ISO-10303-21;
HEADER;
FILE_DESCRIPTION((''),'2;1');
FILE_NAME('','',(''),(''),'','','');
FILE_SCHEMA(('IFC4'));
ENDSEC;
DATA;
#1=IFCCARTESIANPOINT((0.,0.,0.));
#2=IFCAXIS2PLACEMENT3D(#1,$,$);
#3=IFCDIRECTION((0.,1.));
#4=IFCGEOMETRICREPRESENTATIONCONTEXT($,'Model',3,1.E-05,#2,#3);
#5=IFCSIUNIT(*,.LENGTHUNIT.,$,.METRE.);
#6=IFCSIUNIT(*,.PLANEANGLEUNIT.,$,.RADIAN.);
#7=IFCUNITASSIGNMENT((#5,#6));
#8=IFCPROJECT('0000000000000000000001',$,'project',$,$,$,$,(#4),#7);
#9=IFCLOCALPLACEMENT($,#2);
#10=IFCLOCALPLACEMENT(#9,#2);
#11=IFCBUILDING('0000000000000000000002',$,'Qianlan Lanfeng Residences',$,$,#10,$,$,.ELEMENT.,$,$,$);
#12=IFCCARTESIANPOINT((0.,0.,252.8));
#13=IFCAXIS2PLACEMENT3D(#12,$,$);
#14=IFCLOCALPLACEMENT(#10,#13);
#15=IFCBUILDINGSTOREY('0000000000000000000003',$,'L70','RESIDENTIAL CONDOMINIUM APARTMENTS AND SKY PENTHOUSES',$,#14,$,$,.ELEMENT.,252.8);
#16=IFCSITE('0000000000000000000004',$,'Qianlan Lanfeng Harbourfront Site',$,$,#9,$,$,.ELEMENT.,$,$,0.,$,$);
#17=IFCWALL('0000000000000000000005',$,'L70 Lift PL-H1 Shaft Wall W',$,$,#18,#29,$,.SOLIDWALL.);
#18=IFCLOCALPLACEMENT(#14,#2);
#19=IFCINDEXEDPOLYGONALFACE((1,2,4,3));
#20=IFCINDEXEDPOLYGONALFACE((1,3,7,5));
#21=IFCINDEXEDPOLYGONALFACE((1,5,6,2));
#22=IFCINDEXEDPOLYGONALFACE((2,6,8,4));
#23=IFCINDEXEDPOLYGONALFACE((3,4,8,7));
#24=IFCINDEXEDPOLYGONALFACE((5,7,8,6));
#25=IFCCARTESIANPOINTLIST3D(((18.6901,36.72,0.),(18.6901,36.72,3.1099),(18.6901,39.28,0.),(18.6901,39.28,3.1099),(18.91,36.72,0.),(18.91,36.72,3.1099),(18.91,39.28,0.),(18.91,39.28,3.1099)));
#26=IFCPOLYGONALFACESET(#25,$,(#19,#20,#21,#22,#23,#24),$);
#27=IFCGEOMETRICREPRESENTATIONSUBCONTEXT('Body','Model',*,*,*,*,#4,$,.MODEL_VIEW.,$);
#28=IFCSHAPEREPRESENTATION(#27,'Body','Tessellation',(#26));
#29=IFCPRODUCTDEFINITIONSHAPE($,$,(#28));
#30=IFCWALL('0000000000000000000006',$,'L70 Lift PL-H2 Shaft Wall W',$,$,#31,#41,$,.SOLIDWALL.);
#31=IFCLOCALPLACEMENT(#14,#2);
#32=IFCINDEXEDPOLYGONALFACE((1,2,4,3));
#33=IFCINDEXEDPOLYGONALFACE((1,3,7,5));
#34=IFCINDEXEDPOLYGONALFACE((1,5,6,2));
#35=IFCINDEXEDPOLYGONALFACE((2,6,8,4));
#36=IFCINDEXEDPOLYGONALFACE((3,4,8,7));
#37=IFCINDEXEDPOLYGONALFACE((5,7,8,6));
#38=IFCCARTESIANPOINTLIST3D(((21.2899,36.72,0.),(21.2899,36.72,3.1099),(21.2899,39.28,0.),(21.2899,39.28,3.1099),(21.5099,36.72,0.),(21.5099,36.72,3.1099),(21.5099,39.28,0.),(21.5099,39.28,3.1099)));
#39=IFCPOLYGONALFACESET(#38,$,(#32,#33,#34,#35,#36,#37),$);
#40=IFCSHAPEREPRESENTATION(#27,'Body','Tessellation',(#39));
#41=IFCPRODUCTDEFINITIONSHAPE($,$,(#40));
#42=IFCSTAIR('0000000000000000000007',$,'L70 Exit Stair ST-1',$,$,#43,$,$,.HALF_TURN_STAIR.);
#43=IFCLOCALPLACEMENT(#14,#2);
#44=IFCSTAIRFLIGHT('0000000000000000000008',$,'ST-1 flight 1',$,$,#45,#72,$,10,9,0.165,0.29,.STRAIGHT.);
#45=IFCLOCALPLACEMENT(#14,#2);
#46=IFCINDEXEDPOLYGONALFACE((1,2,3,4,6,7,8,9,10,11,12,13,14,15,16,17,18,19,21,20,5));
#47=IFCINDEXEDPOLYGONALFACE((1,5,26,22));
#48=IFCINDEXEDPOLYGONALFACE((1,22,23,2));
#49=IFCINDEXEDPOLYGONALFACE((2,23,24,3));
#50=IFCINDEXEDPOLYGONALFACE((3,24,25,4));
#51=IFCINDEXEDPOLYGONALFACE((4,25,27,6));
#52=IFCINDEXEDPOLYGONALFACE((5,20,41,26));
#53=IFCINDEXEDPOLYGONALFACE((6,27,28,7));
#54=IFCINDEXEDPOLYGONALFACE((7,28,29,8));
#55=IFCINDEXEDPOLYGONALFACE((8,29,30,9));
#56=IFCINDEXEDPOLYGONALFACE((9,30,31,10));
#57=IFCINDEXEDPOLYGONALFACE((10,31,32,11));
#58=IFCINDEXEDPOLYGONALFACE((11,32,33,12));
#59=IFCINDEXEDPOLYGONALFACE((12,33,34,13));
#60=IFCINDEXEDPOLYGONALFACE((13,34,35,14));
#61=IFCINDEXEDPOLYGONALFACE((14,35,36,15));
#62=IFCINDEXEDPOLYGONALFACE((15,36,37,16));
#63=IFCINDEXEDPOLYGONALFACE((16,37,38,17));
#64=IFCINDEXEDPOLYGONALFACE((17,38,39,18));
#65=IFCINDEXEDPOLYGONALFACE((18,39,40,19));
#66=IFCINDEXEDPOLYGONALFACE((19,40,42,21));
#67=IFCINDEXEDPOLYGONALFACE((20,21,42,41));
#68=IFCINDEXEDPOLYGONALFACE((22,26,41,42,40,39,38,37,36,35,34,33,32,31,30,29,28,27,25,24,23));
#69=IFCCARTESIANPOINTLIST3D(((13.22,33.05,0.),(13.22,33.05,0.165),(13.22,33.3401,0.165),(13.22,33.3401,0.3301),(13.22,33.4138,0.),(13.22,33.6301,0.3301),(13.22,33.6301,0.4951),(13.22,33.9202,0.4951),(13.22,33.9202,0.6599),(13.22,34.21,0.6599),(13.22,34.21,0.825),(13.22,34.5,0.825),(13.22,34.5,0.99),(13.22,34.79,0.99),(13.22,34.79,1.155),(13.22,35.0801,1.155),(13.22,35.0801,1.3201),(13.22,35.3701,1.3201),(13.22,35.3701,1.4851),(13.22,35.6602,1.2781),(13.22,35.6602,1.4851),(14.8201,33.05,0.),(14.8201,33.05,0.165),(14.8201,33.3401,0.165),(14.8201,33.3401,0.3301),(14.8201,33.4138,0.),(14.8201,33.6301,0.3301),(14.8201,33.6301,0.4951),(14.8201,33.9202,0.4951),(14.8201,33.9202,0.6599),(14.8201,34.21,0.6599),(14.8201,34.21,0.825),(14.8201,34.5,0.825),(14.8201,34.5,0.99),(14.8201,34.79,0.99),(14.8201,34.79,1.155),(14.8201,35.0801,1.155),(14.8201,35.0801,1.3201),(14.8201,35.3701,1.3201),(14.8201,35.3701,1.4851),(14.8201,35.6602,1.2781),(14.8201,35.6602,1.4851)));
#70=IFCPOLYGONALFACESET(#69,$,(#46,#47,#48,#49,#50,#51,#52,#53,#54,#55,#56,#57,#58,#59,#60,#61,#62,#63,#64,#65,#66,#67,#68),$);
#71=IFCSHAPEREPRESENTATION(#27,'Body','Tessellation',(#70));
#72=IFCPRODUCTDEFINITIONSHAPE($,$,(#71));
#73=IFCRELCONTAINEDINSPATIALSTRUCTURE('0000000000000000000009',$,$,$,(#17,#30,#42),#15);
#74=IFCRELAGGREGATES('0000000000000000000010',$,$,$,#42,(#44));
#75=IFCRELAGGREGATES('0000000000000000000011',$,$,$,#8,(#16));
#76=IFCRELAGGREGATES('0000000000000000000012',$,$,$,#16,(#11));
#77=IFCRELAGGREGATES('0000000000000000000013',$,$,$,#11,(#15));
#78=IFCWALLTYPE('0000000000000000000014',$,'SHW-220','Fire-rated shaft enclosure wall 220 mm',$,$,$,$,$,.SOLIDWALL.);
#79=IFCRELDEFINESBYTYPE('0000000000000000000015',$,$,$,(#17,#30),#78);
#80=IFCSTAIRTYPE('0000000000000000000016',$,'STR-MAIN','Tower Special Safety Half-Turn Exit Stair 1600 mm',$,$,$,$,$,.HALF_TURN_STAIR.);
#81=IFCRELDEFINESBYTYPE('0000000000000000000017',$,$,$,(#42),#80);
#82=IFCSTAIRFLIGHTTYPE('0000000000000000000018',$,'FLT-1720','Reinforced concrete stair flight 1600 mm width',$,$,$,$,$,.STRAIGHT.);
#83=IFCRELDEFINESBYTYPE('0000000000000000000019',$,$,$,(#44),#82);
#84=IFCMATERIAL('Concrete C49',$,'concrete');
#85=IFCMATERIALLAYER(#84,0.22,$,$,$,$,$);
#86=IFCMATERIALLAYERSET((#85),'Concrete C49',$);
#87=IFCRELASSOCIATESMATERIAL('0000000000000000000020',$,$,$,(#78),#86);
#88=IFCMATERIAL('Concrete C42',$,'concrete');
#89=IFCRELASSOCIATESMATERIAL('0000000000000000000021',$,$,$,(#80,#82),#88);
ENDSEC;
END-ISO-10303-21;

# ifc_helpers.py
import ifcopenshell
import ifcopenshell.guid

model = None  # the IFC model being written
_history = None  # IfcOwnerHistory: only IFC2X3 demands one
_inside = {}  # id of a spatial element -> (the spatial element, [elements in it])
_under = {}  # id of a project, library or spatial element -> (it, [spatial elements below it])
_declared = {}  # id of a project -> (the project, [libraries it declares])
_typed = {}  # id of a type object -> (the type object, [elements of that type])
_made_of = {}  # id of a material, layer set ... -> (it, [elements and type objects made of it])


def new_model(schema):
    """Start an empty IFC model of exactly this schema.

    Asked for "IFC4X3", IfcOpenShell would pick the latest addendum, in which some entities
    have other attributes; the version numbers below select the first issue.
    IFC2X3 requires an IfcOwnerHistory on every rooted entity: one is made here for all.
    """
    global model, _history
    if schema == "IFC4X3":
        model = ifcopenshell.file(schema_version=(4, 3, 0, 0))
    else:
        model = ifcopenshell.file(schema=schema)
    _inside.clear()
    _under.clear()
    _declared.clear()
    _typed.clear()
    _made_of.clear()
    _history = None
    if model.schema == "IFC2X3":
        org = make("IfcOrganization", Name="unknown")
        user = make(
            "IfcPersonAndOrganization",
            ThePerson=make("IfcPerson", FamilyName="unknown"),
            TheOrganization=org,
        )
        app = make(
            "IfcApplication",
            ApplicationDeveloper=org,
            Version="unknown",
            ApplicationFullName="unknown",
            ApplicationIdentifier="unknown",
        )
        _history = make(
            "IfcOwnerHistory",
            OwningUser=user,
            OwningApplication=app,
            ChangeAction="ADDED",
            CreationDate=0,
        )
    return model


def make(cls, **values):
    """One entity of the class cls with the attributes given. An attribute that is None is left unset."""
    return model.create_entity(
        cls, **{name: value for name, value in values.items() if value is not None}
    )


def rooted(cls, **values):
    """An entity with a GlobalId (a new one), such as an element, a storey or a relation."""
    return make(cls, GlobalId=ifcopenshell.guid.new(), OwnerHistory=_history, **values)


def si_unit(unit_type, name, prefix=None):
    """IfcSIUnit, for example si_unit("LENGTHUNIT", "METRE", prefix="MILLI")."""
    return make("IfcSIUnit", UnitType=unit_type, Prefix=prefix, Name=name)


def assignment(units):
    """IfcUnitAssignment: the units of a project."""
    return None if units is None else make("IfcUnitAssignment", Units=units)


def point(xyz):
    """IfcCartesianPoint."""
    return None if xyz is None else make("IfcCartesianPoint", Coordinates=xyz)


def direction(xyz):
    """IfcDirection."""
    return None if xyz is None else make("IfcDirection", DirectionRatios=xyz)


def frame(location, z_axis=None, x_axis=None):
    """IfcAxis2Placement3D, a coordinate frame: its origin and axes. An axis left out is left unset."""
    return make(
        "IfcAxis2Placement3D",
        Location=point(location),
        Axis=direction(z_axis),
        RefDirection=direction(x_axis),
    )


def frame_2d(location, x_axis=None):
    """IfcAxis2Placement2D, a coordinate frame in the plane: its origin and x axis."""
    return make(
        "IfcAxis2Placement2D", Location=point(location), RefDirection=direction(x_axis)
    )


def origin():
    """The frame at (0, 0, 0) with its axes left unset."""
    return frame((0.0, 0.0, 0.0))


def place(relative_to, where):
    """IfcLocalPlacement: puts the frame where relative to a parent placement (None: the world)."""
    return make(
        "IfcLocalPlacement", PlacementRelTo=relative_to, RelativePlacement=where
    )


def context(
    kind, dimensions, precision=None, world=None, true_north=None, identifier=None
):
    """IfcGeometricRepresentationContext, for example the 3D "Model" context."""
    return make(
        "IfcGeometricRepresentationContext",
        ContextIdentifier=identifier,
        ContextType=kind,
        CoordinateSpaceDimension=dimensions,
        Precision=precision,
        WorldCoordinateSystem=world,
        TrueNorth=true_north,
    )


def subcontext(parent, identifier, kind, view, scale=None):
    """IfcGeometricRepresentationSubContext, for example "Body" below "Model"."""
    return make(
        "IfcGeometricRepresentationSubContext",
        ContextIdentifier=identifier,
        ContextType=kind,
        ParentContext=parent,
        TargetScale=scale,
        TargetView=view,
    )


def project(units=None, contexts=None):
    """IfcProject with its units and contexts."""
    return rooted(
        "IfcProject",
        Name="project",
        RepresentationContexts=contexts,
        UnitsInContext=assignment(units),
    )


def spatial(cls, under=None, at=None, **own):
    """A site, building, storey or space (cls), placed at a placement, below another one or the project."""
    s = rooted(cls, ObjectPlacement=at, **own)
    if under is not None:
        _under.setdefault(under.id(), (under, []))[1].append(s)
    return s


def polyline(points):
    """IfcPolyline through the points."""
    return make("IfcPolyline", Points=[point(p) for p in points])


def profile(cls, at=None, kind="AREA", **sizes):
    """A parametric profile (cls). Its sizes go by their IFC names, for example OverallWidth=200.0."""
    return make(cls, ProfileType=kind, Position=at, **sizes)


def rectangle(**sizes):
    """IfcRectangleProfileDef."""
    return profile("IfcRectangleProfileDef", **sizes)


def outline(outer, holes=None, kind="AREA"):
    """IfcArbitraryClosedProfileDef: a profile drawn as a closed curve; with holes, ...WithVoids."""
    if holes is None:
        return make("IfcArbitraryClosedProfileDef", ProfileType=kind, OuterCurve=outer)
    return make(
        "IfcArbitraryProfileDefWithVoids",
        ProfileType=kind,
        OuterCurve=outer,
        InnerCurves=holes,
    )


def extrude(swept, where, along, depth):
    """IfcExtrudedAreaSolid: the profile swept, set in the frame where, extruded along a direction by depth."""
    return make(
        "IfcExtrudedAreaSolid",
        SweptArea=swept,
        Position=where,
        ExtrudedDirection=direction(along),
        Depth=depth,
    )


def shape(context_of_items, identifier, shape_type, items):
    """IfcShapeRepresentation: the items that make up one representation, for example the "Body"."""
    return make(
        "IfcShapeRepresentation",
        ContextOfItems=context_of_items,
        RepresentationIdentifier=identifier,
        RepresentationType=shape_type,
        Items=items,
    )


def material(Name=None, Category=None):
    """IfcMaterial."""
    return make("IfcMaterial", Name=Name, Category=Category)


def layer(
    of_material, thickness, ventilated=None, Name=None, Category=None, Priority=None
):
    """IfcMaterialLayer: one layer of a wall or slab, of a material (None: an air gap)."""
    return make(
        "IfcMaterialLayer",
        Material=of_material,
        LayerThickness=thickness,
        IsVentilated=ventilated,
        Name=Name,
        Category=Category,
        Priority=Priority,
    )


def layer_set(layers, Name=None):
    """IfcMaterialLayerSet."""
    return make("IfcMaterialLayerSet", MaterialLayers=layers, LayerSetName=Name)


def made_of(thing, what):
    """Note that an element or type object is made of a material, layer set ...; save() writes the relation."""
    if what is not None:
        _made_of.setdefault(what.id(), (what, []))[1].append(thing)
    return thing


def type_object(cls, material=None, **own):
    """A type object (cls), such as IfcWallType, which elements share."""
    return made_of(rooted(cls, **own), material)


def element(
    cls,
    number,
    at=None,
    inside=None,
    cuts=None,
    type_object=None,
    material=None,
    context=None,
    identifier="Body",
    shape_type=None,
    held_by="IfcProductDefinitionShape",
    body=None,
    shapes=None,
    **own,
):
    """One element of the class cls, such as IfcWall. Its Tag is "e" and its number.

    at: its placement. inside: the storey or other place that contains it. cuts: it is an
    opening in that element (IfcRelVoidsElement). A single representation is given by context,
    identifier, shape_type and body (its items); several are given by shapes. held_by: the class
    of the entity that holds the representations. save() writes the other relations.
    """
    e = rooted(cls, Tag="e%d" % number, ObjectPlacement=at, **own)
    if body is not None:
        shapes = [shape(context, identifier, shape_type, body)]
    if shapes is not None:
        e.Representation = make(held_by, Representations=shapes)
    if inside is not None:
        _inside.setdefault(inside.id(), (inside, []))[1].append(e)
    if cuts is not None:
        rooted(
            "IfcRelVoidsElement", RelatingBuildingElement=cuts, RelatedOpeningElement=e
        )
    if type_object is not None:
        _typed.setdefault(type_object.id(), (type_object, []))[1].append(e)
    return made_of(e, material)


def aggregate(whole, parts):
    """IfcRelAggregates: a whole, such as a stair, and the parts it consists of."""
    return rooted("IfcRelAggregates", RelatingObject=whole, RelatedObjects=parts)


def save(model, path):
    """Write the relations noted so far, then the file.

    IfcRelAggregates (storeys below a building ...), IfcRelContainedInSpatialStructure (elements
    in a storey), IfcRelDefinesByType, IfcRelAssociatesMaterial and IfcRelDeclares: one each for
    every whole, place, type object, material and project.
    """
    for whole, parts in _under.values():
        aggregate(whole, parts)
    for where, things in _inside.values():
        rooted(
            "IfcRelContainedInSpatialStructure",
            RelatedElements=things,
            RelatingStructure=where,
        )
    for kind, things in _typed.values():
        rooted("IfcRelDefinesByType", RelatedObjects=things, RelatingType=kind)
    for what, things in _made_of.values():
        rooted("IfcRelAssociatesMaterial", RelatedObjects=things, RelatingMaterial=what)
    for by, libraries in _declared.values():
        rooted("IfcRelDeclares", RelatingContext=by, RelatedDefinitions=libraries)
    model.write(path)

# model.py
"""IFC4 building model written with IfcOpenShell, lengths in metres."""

from ifc_helpers import new_model, si_unit, direction, frame, frame_2d, origin, place, context, subcontext, project, spatial, polyline, rectangle, outline, extrude, material, layer, layer_set, type_object, element, aggregate, save


model = new_model("IFC4")

# Units and contexts
model_context = context("Model", 3, precision=1e-05, world=origin(), true_north=direction((0.0, 1.0)))
body_context = subcontext(model_context, "Body", "Model", "MODEL_VIEW")
ifc_project = project(units=[si_unit("LENGTHUNIT", "METRE"), si_unit("PLANEANGLEUNIT", "RADIAN")], contexts=[model_context])

# Site, building, storey
site_placement = place(None, origin())
site = spatial("IfcSite", under=ifc_project, at=site_placement, Name="Qianlan Lanfeng Harbourfront Site", CompositionType="ELEMENT", RefElevation=0.0)
building_placement = place(site_placement, origin())
building = spatial("IfcBuilding", under=site, at=building_placement, Name="Qianlan Lanfeng Residences", CompositionType="ELEMENT")
storey_placement = place(building_placement, frame((0.0, 0.0, 252.8)))
storey = spatial("IfcBuildingStorey", under=building, at=storey_placement, Name="L70", Description="RESIDENTIAL CONDOMINIUM APARTMENTS AND SKY PENTHOUSES", CompositionType="ELEMENT", Elevation=252.8)

# Shared definitions
ifc_material_1 = material(Name="Concrete C49", Category="concrete")

# Walls
ifc_layer_1 = layer(ifc_material_1, 0.22)
ifc_layer_set_1 = layer_set([ifc_layer_1], Name="Concrete C49")
wall_type_1 = type_object("IfcWallType", Name="SHW-220", Description="Fire-rated shaft enclosure wall 220 mm", PredefinedType="SOLIDWALL", material=ifc_layer_set_1)
for number, where, z_axis, x_axis, name in (
    (1, (18.8, 36.72, 0.0), (0.0, 0.0, 1.0), (0.0, 1.0, 0.0), "L70 Lift PL-H1 Shaft Wall W"),
    (2, (21.3999, 36.72, 0.0), (0.0, 0.0, 1.0), (0.0, 1.0, 0.0), "L70 Lift PL-H2 Shaft Wall W"),
):
    element("IfcWall", number, at=place(storey_placement, frame(where, z_axis=z_axis, x_axis=x_axis)), inside=storey, type_object=wall_type_1, Name=name, PredefinedType="SOLIDWALL", context=body_context, shape_type="SweptSolid", body=[
        extrude(rectangle(XDim=2.5601, YDim=0.22, at=frame_2d((1.28, 0.0))), origin(), (0.0, 0.0, 1.0), 3.1099),
    ])

# Stair, stair flight
ifc_material_2 = material(Name="Concrete C42", Category="concrete")
stair_type = type_object("IfcStairType", Name="STR-MAIN", Description="Tower Special Safety Half-Turn Exit Stair 1600 mm", PredefinedType="HALF_TURN_STAIR", material=ifc_material_2)
stair_placement = place(storey_placement, origin())
stair = element("IfcStair", 3, at=stair_placement, inside=storey, type_object=stair_type, Name="L70 Exit Stair ST-1", PredefinedType="HALF_TURN_STAIR")
stair_flight_type = type_object("IfcStairFlightType", Name="FLT-1720", Description="Reinforced concrete stair flight 1600 mm width", PredefinedType="STRAIGHT", material=ifc_material_2)
stair_flight_placement = place(storey_placement, frame((14.02, 33.05, 0.0), z_axis=(0.0, 0.0, 1.0), x_axis=(0.0, 1.0, 0.0)))
stair_flight = element("IfcStairFlight", 4, at=stair_flight_placement, type_object=stair_flight_type, Name="ST-1 flight 1", NumberOfRisers=10, NumberOfTreads=9, PredefinedType="STRAIGHT", RiserHeight=0.165, TreadLength=0.29, context=body_context, shape_type="SweptSolid", body=[
    extrude(outline(polyline([(0.0, 0.0), (0.0, 0.165), (0.29, 0.165), (0.29, 0.3301), (0.5801, 0.3301), (0.5801, 0.4951), (0.8701, 0.4951), (0.8701, 0.6599), (1.1599, 0.6599), (1.1599, 0.825), (1.45, 0.825), (1.45, 0.99), (1.74, 0.99), (1.74, 1.155), (2.03, 1.155), (2.03, 1.3201), (2.3201, 1.3201), (2.3201, 1.4851), (2.6101, 1.4851), (2.6101, 1.6499), (2.6101, 1.2781), (0.3638, 0.0), (0.0, 0.0)])), frame((0.0, 0.8, 0.0), z_axis=(0.0, -1.0, 0.0), x_axis=(1.0, 0.0, 0.0)), (0.0, 0.0, 1.0), 1.6001),
])
aggregate(stair, [stair_flight])

save(model, "model.ifc")
